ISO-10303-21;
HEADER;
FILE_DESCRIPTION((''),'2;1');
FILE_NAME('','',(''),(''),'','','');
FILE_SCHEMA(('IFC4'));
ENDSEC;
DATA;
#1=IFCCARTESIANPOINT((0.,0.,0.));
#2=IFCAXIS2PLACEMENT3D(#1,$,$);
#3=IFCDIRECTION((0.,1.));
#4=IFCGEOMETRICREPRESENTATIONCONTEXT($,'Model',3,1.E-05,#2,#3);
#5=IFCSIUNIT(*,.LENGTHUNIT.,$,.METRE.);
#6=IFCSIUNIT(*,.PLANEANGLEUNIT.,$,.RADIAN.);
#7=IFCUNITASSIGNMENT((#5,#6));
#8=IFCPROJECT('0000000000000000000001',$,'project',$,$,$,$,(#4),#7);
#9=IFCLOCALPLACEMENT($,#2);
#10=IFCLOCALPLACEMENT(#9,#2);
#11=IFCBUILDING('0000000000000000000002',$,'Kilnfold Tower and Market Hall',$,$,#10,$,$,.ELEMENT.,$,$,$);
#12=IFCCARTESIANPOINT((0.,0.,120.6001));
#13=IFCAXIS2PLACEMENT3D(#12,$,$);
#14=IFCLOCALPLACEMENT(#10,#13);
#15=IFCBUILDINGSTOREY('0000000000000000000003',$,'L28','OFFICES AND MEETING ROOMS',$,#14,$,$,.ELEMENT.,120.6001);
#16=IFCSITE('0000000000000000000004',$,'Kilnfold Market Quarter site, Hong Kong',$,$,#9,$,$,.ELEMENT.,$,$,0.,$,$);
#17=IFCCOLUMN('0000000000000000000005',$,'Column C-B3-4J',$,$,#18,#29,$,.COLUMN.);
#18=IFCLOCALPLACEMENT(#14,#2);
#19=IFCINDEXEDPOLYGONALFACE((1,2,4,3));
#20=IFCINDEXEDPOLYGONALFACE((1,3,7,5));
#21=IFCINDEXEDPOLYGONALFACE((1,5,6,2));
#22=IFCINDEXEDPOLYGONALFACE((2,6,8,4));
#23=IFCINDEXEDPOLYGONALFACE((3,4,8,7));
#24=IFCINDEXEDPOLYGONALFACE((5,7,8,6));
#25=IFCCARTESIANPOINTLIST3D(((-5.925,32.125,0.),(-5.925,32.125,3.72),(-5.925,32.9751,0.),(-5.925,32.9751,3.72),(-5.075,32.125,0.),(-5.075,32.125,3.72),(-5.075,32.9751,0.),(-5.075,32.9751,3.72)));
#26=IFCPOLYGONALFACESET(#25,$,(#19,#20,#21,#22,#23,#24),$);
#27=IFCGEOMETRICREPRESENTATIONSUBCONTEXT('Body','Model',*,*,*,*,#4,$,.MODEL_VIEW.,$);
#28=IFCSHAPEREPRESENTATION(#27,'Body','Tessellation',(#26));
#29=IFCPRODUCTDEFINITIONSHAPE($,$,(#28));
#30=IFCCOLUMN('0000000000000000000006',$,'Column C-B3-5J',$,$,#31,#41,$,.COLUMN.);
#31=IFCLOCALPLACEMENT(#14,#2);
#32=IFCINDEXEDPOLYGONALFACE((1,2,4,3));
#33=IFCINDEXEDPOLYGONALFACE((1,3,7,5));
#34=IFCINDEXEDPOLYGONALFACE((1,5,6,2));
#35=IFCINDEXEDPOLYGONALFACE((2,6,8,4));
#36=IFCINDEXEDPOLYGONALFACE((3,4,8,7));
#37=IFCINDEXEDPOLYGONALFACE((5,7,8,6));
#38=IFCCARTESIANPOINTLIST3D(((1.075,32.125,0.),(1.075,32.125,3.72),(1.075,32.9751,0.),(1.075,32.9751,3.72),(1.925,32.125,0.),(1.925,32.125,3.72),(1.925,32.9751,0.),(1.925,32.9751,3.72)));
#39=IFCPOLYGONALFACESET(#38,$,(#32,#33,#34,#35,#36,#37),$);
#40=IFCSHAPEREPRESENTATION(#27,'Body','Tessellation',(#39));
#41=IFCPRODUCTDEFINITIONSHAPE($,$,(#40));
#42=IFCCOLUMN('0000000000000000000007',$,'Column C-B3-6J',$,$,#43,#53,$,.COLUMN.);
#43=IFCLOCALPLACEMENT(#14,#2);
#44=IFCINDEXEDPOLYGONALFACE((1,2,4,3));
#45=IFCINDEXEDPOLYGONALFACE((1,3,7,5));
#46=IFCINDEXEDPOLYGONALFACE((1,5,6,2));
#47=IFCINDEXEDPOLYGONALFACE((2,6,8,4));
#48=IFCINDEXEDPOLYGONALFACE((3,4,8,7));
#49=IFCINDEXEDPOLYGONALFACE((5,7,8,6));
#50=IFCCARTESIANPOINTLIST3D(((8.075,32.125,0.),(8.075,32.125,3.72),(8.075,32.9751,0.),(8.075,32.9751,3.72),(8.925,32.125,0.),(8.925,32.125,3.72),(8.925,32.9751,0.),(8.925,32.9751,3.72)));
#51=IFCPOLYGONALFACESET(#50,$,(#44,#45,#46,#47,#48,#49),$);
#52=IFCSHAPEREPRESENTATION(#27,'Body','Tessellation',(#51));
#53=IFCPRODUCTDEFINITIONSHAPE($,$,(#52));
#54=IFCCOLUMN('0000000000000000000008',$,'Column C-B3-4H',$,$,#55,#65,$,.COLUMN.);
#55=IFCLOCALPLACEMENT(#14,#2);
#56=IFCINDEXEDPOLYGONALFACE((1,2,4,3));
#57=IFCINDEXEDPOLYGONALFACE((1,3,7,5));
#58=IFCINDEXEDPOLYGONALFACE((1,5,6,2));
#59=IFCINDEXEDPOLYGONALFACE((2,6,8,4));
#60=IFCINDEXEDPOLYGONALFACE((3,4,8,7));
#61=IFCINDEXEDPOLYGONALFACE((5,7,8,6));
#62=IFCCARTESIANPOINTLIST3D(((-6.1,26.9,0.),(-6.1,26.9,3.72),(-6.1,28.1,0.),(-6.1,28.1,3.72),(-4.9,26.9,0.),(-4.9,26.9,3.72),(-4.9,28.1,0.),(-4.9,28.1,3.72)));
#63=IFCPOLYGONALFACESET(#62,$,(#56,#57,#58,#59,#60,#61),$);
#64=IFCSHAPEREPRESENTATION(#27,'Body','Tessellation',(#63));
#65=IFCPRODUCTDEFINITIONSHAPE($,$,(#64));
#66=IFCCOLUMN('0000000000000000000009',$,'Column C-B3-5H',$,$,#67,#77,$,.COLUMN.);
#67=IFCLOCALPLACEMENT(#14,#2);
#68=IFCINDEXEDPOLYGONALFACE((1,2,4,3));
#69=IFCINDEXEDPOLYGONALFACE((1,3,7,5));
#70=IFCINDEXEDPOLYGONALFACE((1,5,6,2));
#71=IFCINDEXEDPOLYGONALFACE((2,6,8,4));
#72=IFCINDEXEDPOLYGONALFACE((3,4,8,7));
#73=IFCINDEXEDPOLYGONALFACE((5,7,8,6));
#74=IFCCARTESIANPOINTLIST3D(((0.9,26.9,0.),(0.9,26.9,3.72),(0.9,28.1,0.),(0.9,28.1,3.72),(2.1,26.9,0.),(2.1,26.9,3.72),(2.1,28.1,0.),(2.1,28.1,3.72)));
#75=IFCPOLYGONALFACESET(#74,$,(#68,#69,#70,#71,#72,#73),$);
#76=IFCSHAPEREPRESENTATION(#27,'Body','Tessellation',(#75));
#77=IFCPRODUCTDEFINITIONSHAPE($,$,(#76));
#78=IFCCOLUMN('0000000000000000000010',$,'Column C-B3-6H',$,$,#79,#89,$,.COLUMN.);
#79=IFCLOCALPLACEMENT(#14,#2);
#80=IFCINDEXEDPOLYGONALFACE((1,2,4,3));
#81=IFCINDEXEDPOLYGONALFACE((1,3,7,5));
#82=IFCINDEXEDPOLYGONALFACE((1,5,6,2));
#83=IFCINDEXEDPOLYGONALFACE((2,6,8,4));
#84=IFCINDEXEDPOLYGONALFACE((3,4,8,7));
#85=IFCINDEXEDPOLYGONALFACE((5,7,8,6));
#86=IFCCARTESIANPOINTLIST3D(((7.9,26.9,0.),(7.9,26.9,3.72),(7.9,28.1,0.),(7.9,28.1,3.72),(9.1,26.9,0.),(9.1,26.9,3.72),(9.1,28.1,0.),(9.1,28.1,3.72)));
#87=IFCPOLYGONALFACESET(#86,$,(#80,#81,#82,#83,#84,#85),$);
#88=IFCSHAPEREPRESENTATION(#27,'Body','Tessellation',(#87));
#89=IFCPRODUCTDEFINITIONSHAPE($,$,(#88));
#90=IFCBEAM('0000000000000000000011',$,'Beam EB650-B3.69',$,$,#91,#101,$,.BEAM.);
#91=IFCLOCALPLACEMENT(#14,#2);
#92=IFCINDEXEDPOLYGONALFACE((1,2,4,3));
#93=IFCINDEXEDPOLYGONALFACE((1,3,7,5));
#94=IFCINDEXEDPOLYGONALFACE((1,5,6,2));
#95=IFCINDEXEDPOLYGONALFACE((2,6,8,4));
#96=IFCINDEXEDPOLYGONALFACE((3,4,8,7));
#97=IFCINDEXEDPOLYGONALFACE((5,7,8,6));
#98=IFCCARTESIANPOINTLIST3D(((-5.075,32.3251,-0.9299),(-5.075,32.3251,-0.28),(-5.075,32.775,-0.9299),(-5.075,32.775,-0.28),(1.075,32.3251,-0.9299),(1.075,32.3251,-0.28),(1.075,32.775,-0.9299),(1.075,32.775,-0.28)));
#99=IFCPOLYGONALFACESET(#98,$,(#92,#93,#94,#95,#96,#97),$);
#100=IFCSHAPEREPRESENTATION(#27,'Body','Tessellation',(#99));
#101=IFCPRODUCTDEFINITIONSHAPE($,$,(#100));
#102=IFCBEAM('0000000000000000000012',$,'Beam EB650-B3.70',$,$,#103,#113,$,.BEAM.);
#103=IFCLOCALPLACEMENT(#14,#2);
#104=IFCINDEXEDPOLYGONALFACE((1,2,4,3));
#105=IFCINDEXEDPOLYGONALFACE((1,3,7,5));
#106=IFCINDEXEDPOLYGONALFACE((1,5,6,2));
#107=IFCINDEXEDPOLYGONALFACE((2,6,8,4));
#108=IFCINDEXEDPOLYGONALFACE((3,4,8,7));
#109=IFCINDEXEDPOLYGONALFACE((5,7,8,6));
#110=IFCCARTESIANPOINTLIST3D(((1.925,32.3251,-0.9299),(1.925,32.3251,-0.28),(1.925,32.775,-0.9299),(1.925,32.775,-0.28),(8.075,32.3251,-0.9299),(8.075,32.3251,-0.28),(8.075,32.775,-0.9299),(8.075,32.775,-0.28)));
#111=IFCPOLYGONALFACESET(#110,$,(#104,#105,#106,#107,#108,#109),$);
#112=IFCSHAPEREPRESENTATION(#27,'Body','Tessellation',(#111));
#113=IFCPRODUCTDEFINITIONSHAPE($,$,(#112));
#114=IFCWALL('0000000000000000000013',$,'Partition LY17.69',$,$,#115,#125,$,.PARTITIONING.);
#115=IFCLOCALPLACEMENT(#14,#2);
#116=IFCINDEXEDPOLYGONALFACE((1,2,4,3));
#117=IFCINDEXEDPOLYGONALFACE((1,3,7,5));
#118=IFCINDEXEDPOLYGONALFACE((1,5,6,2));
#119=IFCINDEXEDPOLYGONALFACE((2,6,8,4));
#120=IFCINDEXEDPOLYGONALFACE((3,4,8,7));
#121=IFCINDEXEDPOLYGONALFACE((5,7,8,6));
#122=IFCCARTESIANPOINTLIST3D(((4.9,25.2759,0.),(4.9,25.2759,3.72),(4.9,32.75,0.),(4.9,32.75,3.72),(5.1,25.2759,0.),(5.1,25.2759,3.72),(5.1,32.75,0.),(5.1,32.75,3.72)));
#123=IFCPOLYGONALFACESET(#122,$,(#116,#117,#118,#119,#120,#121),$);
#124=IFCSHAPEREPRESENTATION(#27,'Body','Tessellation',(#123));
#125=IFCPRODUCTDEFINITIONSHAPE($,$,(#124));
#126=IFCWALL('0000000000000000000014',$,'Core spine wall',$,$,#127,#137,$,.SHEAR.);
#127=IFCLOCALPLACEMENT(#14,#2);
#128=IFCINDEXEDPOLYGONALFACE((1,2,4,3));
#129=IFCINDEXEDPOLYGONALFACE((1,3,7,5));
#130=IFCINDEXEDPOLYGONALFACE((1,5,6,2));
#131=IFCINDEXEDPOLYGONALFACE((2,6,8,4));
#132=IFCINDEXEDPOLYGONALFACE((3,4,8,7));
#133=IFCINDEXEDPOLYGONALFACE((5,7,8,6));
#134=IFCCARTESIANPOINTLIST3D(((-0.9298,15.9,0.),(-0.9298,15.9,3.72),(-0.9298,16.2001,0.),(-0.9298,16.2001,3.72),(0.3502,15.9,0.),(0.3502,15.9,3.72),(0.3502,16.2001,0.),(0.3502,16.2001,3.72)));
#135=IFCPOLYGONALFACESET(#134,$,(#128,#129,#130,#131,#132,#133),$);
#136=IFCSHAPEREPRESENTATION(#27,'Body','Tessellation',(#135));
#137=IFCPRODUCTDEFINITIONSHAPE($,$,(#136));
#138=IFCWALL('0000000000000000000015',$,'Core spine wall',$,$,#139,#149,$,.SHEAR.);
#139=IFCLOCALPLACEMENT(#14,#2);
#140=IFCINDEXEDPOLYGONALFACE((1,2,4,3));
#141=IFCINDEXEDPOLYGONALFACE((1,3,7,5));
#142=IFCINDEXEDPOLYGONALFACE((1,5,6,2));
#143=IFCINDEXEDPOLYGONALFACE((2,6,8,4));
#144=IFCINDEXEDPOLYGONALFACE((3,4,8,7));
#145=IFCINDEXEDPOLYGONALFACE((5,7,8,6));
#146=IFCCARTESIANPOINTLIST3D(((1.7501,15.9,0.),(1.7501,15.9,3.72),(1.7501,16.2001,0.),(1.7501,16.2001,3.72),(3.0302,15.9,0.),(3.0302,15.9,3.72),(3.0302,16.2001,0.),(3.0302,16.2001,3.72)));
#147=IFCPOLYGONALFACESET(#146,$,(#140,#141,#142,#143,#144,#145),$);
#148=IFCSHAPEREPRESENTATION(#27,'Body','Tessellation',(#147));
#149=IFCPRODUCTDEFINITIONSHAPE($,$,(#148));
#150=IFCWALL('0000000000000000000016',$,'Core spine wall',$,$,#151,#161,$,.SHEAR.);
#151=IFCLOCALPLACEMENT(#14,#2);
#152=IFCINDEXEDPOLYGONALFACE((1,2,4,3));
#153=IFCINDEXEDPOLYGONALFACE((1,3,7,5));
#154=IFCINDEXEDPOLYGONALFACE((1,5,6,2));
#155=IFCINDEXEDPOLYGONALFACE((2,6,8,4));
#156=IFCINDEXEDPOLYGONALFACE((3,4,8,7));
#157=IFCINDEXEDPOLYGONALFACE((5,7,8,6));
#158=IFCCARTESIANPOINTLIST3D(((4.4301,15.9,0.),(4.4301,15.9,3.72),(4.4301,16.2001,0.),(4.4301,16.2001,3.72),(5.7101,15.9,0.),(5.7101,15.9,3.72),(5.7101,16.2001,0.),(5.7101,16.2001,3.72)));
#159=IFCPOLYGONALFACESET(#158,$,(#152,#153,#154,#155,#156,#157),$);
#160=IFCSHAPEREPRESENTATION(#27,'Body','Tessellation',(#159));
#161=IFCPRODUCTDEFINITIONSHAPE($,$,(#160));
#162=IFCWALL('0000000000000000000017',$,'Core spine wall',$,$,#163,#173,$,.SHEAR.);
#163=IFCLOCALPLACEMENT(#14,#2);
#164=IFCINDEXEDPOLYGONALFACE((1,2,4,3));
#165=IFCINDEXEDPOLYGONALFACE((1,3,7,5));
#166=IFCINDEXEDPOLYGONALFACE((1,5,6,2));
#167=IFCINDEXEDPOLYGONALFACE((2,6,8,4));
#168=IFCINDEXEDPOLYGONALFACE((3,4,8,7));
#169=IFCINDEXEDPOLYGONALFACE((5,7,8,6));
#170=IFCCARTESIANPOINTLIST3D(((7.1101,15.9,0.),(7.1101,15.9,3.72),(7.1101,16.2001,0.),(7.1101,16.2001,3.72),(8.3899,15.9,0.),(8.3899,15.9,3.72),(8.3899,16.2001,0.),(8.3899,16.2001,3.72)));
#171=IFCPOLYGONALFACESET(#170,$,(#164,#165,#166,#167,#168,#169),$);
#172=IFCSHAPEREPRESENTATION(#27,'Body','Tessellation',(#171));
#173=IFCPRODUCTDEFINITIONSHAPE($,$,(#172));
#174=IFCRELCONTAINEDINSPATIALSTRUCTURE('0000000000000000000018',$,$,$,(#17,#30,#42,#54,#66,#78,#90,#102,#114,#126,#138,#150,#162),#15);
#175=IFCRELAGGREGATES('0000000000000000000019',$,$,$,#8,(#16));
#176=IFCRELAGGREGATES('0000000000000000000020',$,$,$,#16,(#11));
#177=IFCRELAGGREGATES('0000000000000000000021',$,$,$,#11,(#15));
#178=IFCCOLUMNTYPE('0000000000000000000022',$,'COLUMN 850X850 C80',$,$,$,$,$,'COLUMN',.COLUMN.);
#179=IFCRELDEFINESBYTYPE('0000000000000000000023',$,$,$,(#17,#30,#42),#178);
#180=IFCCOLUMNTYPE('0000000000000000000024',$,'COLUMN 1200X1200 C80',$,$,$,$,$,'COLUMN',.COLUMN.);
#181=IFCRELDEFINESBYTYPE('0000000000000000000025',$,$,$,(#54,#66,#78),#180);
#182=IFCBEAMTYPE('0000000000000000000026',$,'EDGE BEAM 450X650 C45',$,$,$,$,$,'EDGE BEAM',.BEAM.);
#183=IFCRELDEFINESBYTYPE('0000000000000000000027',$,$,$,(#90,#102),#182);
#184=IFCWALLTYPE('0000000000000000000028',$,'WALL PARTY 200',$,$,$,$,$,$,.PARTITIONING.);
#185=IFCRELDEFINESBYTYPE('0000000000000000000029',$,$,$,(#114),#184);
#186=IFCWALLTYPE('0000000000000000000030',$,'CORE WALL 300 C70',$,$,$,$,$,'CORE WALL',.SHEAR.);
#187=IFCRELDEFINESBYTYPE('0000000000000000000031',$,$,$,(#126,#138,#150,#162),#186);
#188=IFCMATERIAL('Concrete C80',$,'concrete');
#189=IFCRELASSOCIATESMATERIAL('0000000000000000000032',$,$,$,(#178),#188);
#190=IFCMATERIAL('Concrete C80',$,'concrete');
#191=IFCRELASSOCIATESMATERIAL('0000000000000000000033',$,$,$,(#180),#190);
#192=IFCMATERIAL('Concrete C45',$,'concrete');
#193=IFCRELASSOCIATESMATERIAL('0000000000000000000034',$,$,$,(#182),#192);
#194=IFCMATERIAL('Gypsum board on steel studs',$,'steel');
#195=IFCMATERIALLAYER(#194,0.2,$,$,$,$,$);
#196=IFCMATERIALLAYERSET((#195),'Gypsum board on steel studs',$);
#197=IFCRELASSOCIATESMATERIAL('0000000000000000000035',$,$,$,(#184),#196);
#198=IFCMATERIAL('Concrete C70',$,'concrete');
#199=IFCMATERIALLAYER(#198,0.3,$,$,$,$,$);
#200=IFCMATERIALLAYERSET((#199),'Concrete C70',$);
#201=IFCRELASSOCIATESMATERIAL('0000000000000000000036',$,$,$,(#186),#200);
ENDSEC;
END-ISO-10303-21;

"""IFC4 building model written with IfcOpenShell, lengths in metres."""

from ifc_helpers import new_model, si_unit, direction, frame, frame_2d, origin, origin_2d, place, context, subcontext, project, spatial, rectangle, extrude, source, transform, mapped, material, layer, layer_set, material_profile, profile_set, type_object, element, save


model = new_model("IFC4")

# Units and contexts
model_context = context("Model", 3, precision=1e-05, world=origin(), true_north=direction((0.0, 1.0)))
body_context = subcontext(model_context, "Body", "Model", "MODEL_VIEW")
ifc_project = project(units=[si_unit("LENGTHUNIT", "METRE"), si_unit("PLANEANGLEUNIT", "RADIAN")], contexts=[model_context])

# Site, building, storey
site_placement = place(None, origin())
site = spatial("IfcSite", under=ifc_project, at=site_placement, Name="Kilnfold Market Quarter site, Hong Kong", CompositionType="ELEMENT", RefElevation=0.0)
building_placement = place(site_placement, origin())
building = spatial("IfcBuilding", under=site, at=building_placement, Name="Kilnfold Tower and Market Hall", CompositionType="ELEMENT")
storey_placement = place(building_placement, frame((0.0, 0.0, 120.6001)))
storey = spatial("IfcBuildingStorey", under=building, at=storey_placement, Name="L28", Description="OFFICES AND MEETING ROOMS", CompositionType="ELEMENT", Elevation=120.6001)

# Columns
ifc_material_1 = material(Name="Concrete C80", Category="concrete")
ifc_material_profile_1 = material_profile(ifc_material_1, rectangle(XDim=0.8501, YDim=0.8501, at=origin_2d()), Name="RC 850x850")
ifc_profile_set_1 = profile_set([ifc_material_profile_1], Name="Concrete C80")
column_type_1 = type_object("IfcColumnType", Name="COLUMN 850X850 C80", ElementType="COLUMN", PredefinedType="COLUMN", material=ifc_profile_set_1)
shared_shape_1 = source(origin(), body_context, "Body", "SweptSolid", [
    extrude(rectangle(XDim=0.8501, YDim=0.8501, at=origin_2d()), origin(), (0.0, 0.0, 1.0), 3.72),
])
for number, where, z_axis, x_axis, name in (
    (1, (-5.5, 32.55, 0.0), (0.0, 0.0, 1.0), (1.0, 0.0, 0.0), "Column C-B3-4J"),
    (2, (1.5, 32.55, 0.0), (0.0, 0.0, 1.0), (1.0, 0.0, 0.0), "Column C-B3-5J"),
    (3, (8.5, 32.55, 0.0), (0.0, 0.0, 1.0), (1.0, 0.0, 0.0), "Column C-B3-6J"),
):
    element("IfcColumn", number, at=place(storey_placement, frame(where, z_axis=z_axis, x_axis=x_axis)), inside=storey, type_object=column_type_1, Name=name, PredefinedType="COLUMN", context=body_context, shape_type="MappedRepresentation", body=[
        mapped(shared_shape_1, transform((0.0, 0.0, 0.0))),
    ])
ifc_material_2 = material(Name="Concrete C80", Category="concrete")
ifc_material_profile_2 = material_profile(ifc_material_2, rectangle(XDim=1.2, YDim=1.2, at=origin_2d()), Name="RC 1200x1200")
ifc_profile_set_2 = profile_set([ifc_material_profile_2], Name="Concrete C80")
column_type_2 = type_object("IfcColumnType", Name="COLUMN 1200X1200 C80", ElementType="COLUMN", PredefinedType="COLUMN", material=ifc_profile_set_2)
shared_shape_2 = source(origin(), body_context, "Body", "SweptSolid", [
    extrude(rectangle(XDim=1.2, YDim=1.2, at=origin_2d()), origin(), (0.0, 0.0, 1.0), 3.72),
])
for number, where, z_axis, x_axis, name in (
    (4, (-5.5, 27.5, 0.0), (0.0, 0.0, 1.0), (1.0, 0.0, 0.0), "Column C-B3-4H"),
    (5, (1.5, 27.5, 0.0), (0.0, 0.0, 1.0), (1.0, 0.0, 0.0), "Column C-B3-5H"),
    (6, (8.5, 27.5, 0.0), (0.0, 0.0, 1.0), (1.0, 0.0, 0.0), "Column C-B3-6H"),
):
    element("IfcColumn", number, at=place(storey_placement, frame(where, z_axis=z_axis, x_axis=x_axis)), inside=storey, type_object=column_type_2, Name=name, PredefinedType="COLUMN", context=body_context, shape_type="MappedRepresentation", body=[
        mapped(shared_shape_2, transform((0.0, 0.0, 0.0))),
    ])

# Beams
ifc_material_3 = material(Name="Concrete C45", Category="concrete")
ifc_material_profile_3 = material_profile(ifc_material_3, rectangle(XDim=0.45, YDim=0.6499, at=origin_2d()), Name="RC 450x650")
ifc_profile_set_3 = profile_set([ifc_material_profile_3], Name="Concrete C45")
beam_type = type_object("IfcBeamType", Name="EDGE BEAM 450X650 C45", ElementType="EDGE BEAM", PredefinedType="BEAM", material=ifc_profile_set_3)
shared_shape_3 = source(origin(), body_context, "Body", "SweptSolid", [
    extrude(rectangle(XDim=0.45, YDim=0.6499, at=origin_2d()), origin(), (0.0, 0.0, 1.0), 6.1499),
])
for number, where, z_axis, x_axis, name in (
    (7, (-5.075, 32.55, -0.605), (1.0, 0.0, 0.0), (0.0, 1.0, 0.0), "Beam EB650-B3.69"),
    (8, (1.925, 32.55, -0.605), (1.0, 0.0, 0.0), (0.0, 1.0, 0.0), "Beam EB650-B3.70"),
):
    element("IfcBeam", number, at=place(storey_placement, frame(where, z_axis=z_axis, x_axis=x_axis)), inside=storey, type_object=beam_type, Name=name, PredefinedType="BEAM", context=body_context, shape_type="MappedRepresentation", body=[
        mapped(shared_shape_3, transform((0.0, 0.0, 0.0))),
    ])

# Walls
ifc_material_4 = material(Name="Gypsum board on steel studs", Category="steel")
ifc_layer_1 = layer(ifc_material_4, 0.2)
ifc_layer_set_1 = layer_set([ifc_layer_1], Name="Gypsum board on steel studs")
wall_type_1 = type_object("IfcWallType", Name="WALL PARTY 200", PredefinedType="PARTITIONING", material=ifc_layer_set_1)
wall_1_placement = place(storey_placement, frame((5.0, 25.2759, 0.0), z_axis=(0.0, 0.0, 1.0), x_axis=(0.0, 1.0, 0.0)))
element("IfcWall", 9, at=wall_1_placement, inside=storey, type_object=wall_type_1, Name="Partition LY17.69", PredefinedType="PARTITIONING", context=body_context, shape_type="SweptSolid", body=[
    extrude(rectangle(XDim=7.4741, YDim=0.2, at=frame_2d((3.7371, 0.0))), origin(), (0.0, 0.0, 1.0), 3.72),
])
ifc_material_5 = material(Name="Concrete C70", Category="concrete")
ifc_layer_2 = layer(ifc_material_5, 0.3)
ifc_layer_set_2 = layer_set([ifc_layer_2], Name="Concrete C70")
wall_type_2 = type_object("IfcWallType", Name="CORE WALL 300 C70", ElementType="CORE WALL", PredefinedType="SHEAR", material=ifc_layer_set_2)
shared_shape_4 = source(origin(), body_context, "Body", "SweptSolid", [
    extrude(rectangle(XDim=1.28, YDim=0.3, at=frame_2d((0.6401, 0.0))), origin(), (0.0, 0.0, 1.0), 3.72),
])
for number, where, z_axis, x_axis, name in (
    (10, (-0.9299, 16.05, 0.0), (0.0, 0.0, 1.0), (1.0, 0.0, 0.0), "Core spine wall"),
    (11, (1.75, 16.05, 0.0), (0.0, 0.0, 1.0), (1.0, 0.0, 0.0), "Core spine wall"),
    (12, (4.4299, 16.05, 0.0), (0.0, 0.0, 1.0), (1.0, 0.0, 0.0), "Core spine wall"),
):
    element("IfcWall", number, at=place(storey_placement, frame(where, z_axis=z_axis, x_axis=x_axis)), inside=storey, type_object=wall_type_2, Name=name, PredefinedType="SHEAR", context=body_context, shape_type="MappedRepresentation", body=[
        mapped(shared_shape_4, transform((0.0, 0.0, 0.0))),
    ])
shared_shape_5 = source(origin(), body_context, "Body", "SweptSolid", [
    extrude(rectangle(XDim=1.2798, YDim=0.3, at=frame_2d((0.6399, 0.0))), origin(), (0.0, 0.0, 1.0), 3.72),
])
wall_2_placement = place(storey_placement, frame((7.1101, 16.05, 0.0), z_axis=(0.0, 0.0, 1.0), x_axis=(1.0, 0.0, 0.0)))
element("IfcWall", 13, at=wall_2_placement, inside=storey, type_object=wall_type_2, Name="Core spine wall", PredefinedType="SHEAR", context=body_context, shape_type="MappedRepresentation", body=[
    mapped(shared_shape_5, transform((0.0, 0.0, 0.0))),
])

save(model, "model.ifc")
